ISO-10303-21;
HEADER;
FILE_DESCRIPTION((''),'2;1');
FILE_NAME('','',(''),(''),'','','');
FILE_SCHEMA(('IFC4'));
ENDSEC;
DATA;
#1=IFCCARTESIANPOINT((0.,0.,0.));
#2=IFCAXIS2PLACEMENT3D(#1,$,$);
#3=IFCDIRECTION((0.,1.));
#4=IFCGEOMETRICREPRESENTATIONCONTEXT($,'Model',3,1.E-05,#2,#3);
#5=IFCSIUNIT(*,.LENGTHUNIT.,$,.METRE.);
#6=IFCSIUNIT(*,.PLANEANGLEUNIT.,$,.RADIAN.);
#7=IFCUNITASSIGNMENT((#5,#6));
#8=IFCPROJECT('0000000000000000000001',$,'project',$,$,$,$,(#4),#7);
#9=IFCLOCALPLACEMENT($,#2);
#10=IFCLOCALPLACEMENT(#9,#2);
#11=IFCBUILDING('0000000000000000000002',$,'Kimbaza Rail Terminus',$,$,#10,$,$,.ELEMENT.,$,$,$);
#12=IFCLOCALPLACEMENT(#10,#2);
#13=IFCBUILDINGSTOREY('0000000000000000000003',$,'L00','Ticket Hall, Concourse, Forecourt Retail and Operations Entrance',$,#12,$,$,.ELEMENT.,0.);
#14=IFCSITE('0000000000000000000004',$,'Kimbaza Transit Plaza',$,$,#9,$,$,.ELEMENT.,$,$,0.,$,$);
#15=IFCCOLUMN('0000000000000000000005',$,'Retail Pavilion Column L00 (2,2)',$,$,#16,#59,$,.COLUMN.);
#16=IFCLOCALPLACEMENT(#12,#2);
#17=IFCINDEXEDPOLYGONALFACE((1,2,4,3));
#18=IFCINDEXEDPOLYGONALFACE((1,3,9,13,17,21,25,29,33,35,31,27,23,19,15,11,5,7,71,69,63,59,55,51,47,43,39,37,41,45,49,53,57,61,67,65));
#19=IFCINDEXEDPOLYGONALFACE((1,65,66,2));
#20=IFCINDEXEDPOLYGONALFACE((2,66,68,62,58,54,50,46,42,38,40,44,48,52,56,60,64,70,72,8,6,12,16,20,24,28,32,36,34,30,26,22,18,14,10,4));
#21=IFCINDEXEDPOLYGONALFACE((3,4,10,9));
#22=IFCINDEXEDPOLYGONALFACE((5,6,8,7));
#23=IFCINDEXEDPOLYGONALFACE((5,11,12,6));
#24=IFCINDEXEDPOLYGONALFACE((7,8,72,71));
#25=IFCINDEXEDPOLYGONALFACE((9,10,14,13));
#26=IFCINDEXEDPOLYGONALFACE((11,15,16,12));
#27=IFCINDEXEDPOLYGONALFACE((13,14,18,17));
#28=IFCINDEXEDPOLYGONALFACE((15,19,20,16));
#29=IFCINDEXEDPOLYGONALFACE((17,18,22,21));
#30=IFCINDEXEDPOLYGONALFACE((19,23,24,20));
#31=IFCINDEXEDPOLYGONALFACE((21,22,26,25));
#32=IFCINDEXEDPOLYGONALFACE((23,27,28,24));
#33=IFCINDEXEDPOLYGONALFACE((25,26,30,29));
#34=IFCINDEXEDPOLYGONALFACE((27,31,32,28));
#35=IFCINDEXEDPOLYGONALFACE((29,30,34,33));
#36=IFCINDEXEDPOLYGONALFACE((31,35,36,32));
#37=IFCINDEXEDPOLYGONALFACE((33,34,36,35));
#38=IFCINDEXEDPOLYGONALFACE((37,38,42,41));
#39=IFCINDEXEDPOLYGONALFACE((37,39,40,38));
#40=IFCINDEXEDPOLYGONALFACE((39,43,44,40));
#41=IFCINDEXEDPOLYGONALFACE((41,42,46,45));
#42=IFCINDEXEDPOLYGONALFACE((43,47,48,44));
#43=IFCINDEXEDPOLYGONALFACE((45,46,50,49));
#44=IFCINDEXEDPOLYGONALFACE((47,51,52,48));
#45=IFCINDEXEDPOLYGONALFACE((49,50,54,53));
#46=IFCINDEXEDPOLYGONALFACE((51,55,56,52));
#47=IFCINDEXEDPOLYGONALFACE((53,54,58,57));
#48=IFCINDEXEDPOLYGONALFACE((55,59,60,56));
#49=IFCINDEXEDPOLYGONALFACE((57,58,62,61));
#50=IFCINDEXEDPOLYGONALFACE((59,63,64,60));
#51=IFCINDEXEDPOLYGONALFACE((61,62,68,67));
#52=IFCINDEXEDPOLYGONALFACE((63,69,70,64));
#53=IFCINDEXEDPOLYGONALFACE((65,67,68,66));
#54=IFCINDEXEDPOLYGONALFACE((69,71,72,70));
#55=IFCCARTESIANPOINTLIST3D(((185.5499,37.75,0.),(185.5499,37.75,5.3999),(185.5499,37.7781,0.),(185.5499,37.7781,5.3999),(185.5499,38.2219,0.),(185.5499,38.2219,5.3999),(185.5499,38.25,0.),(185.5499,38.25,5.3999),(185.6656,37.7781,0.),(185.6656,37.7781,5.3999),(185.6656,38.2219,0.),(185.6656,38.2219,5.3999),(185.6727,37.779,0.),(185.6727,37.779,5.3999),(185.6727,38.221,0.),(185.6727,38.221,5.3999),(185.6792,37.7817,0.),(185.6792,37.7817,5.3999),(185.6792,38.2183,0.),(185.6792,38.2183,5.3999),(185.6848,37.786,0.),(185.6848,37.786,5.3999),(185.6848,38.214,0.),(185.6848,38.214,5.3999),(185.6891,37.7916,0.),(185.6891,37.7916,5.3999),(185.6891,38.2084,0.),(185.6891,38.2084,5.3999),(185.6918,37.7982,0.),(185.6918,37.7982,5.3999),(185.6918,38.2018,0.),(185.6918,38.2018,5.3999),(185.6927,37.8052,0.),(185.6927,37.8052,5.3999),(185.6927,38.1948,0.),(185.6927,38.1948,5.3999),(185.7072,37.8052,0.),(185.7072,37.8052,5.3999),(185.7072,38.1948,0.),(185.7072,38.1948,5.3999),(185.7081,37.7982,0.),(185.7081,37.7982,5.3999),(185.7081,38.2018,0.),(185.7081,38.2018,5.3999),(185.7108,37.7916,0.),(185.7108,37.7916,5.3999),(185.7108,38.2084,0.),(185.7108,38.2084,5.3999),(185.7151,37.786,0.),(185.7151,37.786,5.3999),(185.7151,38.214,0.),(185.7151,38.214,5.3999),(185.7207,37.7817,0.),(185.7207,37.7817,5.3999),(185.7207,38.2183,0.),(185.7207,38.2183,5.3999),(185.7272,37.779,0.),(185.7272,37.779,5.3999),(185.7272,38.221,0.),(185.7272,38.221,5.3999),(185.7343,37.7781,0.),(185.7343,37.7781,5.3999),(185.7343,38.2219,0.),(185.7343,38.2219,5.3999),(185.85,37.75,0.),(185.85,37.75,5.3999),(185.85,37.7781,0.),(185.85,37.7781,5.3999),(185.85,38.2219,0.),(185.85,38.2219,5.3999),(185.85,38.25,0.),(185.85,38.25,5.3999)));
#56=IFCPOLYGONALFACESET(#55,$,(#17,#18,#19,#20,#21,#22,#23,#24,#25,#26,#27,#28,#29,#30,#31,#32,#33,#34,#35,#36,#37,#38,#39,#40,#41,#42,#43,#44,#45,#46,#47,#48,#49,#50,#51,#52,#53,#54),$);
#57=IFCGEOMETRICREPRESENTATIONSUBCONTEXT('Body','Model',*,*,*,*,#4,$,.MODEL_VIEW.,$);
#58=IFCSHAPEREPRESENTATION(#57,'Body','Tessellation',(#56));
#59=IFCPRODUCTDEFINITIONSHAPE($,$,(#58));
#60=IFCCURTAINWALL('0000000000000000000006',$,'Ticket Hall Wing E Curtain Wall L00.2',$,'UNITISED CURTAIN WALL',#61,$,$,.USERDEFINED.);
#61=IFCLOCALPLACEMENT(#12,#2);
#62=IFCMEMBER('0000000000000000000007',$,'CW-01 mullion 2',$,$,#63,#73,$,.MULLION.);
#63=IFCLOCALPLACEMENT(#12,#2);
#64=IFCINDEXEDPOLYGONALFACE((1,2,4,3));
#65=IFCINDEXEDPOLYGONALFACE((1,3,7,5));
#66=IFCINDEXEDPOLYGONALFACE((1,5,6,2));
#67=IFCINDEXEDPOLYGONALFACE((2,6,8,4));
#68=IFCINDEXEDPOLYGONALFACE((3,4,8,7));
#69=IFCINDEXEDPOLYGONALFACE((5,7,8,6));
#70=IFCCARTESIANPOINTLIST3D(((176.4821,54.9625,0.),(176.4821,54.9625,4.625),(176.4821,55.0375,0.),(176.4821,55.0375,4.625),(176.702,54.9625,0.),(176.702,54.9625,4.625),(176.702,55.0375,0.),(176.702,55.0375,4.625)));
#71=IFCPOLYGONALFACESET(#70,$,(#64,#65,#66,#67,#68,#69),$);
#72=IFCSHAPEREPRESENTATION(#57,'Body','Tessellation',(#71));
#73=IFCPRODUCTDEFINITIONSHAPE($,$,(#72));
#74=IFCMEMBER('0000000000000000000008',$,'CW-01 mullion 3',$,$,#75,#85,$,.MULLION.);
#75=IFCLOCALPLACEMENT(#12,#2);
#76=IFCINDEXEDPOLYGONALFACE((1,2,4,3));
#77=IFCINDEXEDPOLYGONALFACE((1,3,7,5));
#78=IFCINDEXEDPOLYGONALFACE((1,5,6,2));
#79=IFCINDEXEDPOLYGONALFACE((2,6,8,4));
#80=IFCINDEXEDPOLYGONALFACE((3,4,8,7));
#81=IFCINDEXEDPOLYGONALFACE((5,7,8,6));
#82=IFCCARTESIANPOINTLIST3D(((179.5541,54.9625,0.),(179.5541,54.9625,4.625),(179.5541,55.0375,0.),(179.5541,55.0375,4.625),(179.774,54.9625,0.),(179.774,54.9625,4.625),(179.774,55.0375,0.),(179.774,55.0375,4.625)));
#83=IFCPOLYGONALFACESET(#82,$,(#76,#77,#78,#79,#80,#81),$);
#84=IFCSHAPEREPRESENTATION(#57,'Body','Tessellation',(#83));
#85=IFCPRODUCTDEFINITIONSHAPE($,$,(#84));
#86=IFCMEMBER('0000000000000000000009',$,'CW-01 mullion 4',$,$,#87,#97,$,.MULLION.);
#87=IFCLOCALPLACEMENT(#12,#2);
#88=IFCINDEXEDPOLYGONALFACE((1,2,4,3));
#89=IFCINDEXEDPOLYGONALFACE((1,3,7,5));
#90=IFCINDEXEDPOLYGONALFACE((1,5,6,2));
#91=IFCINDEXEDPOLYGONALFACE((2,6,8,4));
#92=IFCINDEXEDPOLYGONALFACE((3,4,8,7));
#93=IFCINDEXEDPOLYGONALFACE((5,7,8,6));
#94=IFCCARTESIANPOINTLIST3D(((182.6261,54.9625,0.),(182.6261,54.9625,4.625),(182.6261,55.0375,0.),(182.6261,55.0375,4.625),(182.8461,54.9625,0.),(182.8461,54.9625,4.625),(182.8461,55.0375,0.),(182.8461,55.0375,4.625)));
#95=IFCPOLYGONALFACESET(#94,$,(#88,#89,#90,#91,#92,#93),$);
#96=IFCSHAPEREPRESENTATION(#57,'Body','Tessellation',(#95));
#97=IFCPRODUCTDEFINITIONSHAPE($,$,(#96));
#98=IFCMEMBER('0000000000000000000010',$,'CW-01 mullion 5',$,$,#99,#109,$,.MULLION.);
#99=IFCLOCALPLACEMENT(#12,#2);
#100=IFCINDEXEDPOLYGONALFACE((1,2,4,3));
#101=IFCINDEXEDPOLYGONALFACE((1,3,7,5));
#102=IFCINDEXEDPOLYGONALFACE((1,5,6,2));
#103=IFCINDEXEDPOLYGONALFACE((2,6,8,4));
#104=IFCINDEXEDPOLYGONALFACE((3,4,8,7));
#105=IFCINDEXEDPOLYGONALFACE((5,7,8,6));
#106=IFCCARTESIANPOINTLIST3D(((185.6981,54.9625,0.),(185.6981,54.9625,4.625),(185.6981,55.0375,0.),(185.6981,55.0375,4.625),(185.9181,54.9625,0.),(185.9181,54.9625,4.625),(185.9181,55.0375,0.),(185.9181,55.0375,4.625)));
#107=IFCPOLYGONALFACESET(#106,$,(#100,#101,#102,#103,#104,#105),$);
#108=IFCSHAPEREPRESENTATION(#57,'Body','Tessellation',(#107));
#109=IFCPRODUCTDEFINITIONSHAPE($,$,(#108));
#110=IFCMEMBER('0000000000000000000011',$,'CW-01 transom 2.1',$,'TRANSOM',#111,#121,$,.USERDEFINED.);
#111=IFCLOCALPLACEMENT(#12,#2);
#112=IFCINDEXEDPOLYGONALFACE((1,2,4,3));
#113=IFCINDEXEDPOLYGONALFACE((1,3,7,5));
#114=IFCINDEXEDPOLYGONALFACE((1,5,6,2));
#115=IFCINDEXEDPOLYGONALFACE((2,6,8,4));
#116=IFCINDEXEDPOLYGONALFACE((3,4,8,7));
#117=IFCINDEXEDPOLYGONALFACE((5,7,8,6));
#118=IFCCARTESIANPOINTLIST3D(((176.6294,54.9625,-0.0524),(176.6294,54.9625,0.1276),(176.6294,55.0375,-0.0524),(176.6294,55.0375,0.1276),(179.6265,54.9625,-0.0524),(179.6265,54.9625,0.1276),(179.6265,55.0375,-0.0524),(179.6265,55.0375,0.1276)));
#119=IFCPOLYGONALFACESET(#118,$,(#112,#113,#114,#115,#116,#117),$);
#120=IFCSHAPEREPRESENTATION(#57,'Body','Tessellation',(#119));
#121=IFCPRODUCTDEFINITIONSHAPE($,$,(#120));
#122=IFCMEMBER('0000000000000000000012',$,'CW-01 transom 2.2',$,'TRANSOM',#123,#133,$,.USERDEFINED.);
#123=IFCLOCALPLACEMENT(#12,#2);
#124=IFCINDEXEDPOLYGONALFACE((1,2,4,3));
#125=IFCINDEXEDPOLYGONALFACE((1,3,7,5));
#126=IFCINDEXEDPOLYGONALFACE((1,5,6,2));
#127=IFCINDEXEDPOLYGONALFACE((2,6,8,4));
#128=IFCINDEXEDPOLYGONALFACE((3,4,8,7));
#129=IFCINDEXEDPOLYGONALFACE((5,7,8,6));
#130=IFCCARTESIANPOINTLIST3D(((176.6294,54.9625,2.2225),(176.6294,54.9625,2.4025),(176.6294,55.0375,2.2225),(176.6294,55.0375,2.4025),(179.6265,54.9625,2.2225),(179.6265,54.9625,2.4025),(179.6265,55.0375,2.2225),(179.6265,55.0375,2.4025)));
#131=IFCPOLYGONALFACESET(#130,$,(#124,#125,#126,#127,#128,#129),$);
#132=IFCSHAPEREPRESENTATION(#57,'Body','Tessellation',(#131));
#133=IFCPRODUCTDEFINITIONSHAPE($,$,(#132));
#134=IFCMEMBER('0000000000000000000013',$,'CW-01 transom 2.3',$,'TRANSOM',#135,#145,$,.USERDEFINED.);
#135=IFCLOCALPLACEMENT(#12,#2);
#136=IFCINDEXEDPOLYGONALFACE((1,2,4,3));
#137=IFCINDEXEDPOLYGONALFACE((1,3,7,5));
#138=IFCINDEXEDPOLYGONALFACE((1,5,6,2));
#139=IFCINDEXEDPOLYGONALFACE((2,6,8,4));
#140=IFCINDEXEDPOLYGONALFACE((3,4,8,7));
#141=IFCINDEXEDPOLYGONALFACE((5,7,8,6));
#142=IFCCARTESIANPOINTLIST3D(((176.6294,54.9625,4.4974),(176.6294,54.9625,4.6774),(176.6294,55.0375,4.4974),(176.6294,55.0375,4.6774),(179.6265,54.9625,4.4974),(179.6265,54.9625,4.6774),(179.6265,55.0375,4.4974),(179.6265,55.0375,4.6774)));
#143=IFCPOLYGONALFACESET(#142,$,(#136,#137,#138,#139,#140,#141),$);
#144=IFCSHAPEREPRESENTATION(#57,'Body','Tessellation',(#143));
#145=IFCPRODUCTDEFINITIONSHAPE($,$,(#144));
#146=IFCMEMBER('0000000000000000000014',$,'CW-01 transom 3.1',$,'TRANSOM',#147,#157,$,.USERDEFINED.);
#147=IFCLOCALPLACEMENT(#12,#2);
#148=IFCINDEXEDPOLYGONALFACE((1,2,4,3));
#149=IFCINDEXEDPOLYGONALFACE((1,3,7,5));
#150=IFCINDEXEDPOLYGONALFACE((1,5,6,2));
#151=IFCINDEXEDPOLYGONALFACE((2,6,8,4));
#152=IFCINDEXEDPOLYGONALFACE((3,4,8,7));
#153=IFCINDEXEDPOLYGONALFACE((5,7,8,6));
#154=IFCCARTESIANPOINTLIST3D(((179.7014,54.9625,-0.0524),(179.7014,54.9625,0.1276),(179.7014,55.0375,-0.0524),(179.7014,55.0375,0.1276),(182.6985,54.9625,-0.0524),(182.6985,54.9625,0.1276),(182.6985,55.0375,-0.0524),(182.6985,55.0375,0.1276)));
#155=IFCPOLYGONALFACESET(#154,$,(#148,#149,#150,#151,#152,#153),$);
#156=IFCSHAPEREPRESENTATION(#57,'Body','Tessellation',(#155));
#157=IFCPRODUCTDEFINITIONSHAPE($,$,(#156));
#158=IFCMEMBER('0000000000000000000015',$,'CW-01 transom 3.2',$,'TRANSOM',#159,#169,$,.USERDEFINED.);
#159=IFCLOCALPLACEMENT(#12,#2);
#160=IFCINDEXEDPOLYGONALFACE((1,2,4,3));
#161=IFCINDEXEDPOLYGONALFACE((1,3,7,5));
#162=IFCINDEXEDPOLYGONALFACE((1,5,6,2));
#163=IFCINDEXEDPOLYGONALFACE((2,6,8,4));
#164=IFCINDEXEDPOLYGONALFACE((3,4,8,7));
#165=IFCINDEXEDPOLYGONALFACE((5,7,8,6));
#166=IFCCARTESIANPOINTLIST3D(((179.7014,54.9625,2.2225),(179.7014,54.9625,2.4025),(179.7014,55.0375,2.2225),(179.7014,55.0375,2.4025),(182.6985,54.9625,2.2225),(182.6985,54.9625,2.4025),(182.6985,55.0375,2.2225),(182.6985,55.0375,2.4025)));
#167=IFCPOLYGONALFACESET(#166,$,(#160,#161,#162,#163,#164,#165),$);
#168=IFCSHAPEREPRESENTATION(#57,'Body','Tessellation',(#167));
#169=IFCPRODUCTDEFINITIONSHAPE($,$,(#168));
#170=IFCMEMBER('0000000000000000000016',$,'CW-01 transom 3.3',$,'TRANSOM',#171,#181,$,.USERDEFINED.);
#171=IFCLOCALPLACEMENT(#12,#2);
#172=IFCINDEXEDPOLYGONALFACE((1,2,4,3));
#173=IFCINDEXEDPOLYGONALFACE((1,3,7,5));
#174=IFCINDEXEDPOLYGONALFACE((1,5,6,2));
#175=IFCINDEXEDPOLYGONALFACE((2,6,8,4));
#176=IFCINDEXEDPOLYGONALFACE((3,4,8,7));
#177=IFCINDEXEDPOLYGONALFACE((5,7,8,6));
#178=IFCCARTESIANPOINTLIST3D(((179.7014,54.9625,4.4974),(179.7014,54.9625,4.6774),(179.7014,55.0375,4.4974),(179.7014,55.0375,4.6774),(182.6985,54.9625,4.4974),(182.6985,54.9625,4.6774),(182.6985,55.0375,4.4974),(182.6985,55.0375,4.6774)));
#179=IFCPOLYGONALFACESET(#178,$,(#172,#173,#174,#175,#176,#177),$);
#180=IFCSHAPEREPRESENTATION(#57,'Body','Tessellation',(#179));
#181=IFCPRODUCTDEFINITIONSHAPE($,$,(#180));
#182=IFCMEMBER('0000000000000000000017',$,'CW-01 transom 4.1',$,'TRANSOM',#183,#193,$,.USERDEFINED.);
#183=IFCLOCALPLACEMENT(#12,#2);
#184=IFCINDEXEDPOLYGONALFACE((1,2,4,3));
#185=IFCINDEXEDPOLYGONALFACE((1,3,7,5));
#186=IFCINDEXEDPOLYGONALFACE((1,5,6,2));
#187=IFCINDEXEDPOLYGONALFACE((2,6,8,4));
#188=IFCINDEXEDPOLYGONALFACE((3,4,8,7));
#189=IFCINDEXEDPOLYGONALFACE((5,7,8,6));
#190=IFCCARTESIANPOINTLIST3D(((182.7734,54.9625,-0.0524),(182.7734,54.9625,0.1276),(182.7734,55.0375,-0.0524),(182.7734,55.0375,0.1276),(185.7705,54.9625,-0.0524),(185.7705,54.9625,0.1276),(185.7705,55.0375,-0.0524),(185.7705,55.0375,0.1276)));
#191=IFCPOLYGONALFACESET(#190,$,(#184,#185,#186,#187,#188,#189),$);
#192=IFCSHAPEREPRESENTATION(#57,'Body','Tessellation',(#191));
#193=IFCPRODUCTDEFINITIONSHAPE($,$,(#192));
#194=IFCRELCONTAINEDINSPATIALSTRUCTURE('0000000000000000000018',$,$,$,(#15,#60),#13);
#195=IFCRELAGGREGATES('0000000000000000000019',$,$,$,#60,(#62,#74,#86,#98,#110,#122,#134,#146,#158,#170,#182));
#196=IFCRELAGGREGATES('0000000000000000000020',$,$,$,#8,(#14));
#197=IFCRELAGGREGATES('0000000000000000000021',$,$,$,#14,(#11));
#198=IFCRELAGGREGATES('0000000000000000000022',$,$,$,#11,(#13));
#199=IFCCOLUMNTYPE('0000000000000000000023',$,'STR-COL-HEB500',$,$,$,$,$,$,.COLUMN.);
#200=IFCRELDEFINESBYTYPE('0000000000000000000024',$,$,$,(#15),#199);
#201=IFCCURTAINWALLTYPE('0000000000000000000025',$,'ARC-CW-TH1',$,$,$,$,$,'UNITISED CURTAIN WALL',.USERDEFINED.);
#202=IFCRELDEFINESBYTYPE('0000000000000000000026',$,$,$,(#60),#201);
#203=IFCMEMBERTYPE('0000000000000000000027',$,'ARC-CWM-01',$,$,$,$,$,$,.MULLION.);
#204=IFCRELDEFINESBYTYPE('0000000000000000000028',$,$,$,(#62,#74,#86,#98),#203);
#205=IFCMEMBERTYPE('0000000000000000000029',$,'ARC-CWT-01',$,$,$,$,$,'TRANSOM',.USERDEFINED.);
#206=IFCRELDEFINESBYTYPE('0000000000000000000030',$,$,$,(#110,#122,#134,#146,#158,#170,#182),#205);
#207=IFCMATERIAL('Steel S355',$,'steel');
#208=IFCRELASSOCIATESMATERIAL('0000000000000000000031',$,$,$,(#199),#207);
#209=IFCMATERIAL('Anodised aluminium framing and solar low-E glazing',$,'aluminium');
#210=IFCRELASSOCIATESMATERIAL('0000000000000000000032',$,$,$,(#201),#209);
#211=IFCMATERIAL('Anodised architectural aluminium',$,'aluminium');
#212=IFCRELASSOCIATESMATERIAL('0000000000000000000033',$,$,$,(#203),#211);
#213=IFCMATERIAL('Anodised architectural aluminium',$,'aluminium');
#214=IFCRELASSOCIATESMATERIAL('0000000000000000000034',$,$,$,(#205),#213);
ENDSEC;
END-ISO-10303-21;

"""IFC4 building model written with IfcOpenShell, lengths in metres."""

from ifc_helpers import new_model, si_unit, direction, frame, origin, origin_2d, place, context, subcontext, project, spatial, rectangle, i_section, extrude, material, material_profile, profile_set, type_object, element, aggregate, save


model = new_model("IFC4")

# Units and contexts
model_context = context("Model", 3, precision=1e-05, world=origin(), true_north=direction((0.0, 1.0)))
body_context = subcontext(model_context, "Body", "Model", "MODEL_VIEW")
ifc_project = project(units=[si_unit("LENGTHUNIT", "METRE"), si_unit("PLANEANGLEUNIT", "RADIAN")], contexts=[model_context])

# Site, building, storey
site_placement = place(None, origin())
site = spatial("IfcSite", under=ifc_project, at=site_placement, Name="Kimbaza Transit Plaza", CompositionType="ELEMENT", RefElevation=0.0)
building_placement = place(site_placement, origin())
building = spatial("IfcBuilding", under=site, at=building_placement, Name="Kimbaza Rail Terminus", CompositionType="ELEMENT")
storey_placement = place(building_placement, origin())
storey = spatial("IfcBuildingStorey", under=building, at=storey_placement, Name="L00", Description="Ticket Hall, Concourse, Forecourt Retail and Operations Entrance", CompositionType="ELEMENT", Elevation=0.0)

# Column
ifc_material_1 = material(Name="Steel S355", Category="steel")
ifc_material_profile_1 = material_profile(ifc_material_1, i_section(OverallWidth=0.3, OverallDepth=0.5, WebThickness=0.0144, FlangeThickness=0.0281, FilletRadius=0.0271, at=origin_2d()), Name="HEB 500")
ifc_profile_set_1 = profile_set([ifc_material_profile_1], Name="Steel S355")
column_type = type_object("IfcColumnType", Name="STR-COL-HEB500", PredefinedType="COLUMN", material=ifc_profile_set_1)
column_placement = place(storey_placement, frame((185.7, 38.0, 0.0), z_axis=(0.0, 0.0, 1.0), x_axis=(1.0, 0.0, 0.0)))
element("IfcColumn", 1, at=column_placement, inside=storey, type_object=column_type, Name="Retail Pavilion Column L00 (2,2)", PredefinedType="COLUMN", context=body_context, shape_type="SweptSolid", body=[
    extrude(i_section(OverallWidth=0.3, OverallDepth=0.5, WebThickness=0.0144, FlangeThickness=0.0281, FilletRadius=0.0271, at=origin_2d()), origin(), (0.0, 0.0, 1.0), 5.3999),
])

# Curtain wall, members
ifc_material_2 = material(Name="Anodised aluminium framing and solar low-E glazing", Category="aluminium")
curtain_wall_type = type_object("IfcCurtainWallType", Name="ARC-CW-TH1", ElementType="UNITISED CURTAIN WALL", PredefinedType="USERDEFINED", material=ifc_material_2)
curtain_wall_placement = place(storey_placement, origin())
curtain_wall = element("IfcCurtainWall", 2, at=curtain_wall_placement, inside=storey, type_object=curtain_wall_type, Name="Ticket Hall Wing E Curtain Wall L00.2", ObjectType="UNITISED CURTAIN WALL", PredefinedType="USERDEFINED")
ifc_material_3 = material(Name="Anodised architectural aluminium", Category="aluminium")
ifc_material_profile_2 = material_profile(ifc_material_3, rectangle(XDim=0.075, YDim=0.22, at=origin_2d()), Name="MULLION 75x220")
ifc_profile_set_2 = profile_set([ifc_material_profile_2], Name="Anodised architectural aluminium")
member_type_1 = type_object("IfcMemberType", Name="ARC-CWM-01", PredefinedType="MULLION", material=ifc_profile_set_2)
member_1_placement = place(storey_placement, frame((176.592, 55.0, 0.0), z_axis=(0.0, 0.0, 1.0), x_axis=(0.0, 1.0, 0.0)))
member_1 = element("IfcMember", 3, at=member_1_placement, type_object=member_type_1, Name="CW-01 mullion 2", PredefinedType="MULLION", context=body_context, shape_type="SweptSolid", body=[
    extrude(rectangle(XDim=0.075, YDim=0.22, at=origin_2d()), origin(), (0.0, 0.0, 1.0), 4.625),
])
member_2_placement = place(storey_placement, frame((179.6641, 55.0, 0.0), z_axis=(0.0, 0.0, 1.0), x_axis=(0.0, 1.0, 0.0)))
member_2 = element("IfcMember", 4, at=member_2_placement, type_object=member_type_1, Name="CW-01 mullion 3", PredefinedType="MULLION", context=body_context, shape_type="SweptSolid", body=[
    extrude(rectangle(XDim=0.075, YDim=0.22, at=origin_2d()), origin(), (0.0, 0.0, 1.0), 4.625),
])
member_3_placement = place(storey_placement, frame((182.7361, 55.0, 0.0), z_axis=(0.0, 0.0, 1.0), x_axis=(0.0, 1.0, 0.0)))
member_3 = element("IfcMember", 5, at=member_3_placement, type_object=member_type_1, Name="CW-01 mullion 4", PredefinedType="MULLION", context=body_context, shape_type="SweptSolid", body=[
    extrude(rectangle(XDim=0.075, YDim=0.22, at=origin_2d()), origin(), (0.0, 0.0, 1.0), 4.625),
])
member_4_placement = place(storey_placement, frame((185.8081, 55.0, 0.0), z_axis=(0.0, 0.0, 1.0), x_axis=(0.0, 1.0, 0.0)))
member_4 = element("IfcMember", 6, at=member_4_placement, type_object=member_type_1, Name="CW-01 mullion 5", PredefinedType="MULLION", context=body_context, shape_type="SweptSolid", body=[
    extrude(rectangle(XDim=0.075, YDim=0.22, at=origin_2d()), origin(), (0.0, 0.0, 1.0), 4.625),
])
ifc_material_4 = material(Name="Anodised architectural aluminium", Category="aluminium")
ifc_material_profile_3 = material_profile(ifc_material_4, rectangle(XDim=0.075, YDim=0.1799, at=origin_2d()), Name="TRANSOM 75x180")
ifc_profile_set_3 = profile_set([ifc_material_profile_3], Name="Anodised architectural aluminium")
member_type_2 = type_object("IfcMemberType", Name="ARC-CWT-01", ElementType="TRANSOM", PredefinedType="USERDEFINED", material=ifc_profile_set_3)
member_5_placement = place(storey_placement, frame((176.6294, 55.0, 0.0376), z_axis=(1.0, 0.0, 0.0), x_axis=(0.0, 1.0, 0.0)))
member_5 = element("IfcMember", 7, at=member_5_placement, type_object=member_type_2, Name="CW-01 transom 2.1", ObjectType="TRANSOM", PredefinedType="USERDEFINED", context=body_context, shape_type="SweptSolid", body=[
    extrude(rectangle(XDim=0.075, YDim=0.1799, at=origin_2d()), origin(), (0.0, 0.0, 1.0), 2.9971),
])
member_6_placement = place(storey_placement, frame((176.6294, 55.0, 2.3125), z_axis=(1.0, 0.0, 0.0), x_axis=(0.0, 1.0, 0.0)))
member_6 = element("IfcMember", 8, at=member_6_placement, type_object=member_type_2, Name="CW-01 transom 2.2", ObjectType="TRANSOM", PredefinedType="USERDEFINED", context=body_context, shape_type="SweptSolid", body=[
    extrude(rectangle(XDim=0.075, YDim=0.1799, at=origin_2d()), origin(), (0.0, 0.0, 1.0), 2.9971),
])
member_7_placement = place(storey_placement, frame((176.6294, 55.0, 4.5874), z_axis=(1.0, 0.0, 0.0), x_axis=(0.0, 1.0, 0.0)))
member_7 = element("IfcMember", 9, at=member_7_placement, type_object=member_type_2, Name="CW-01 transom 2.3", ObjectType="TRANSOM", PredefinedType="USERDEFINED", context=body_context, shape_type="SweptSolid", body=[
    extrude(rectangle(XDim=0.075, YDim=0.1799, at=origin_2d()), origin(), (0.0, 0.0, 1.0), 2.9971),
])
member_8_placement = place(storey_placement, frame((179.7014, 55.0, 0.0376), z_axis=(1.0, 0.0, 0.0), x_axis=(0.0, 1.0, 0.0)))
member_8 = element("IfcMember", 10, at=member_8_placement, type_object=member_type_2, Name="CW-01 transom 3.1", ObjectType="TRANSOM", PredefinedType="USERDEFINED", context=body_context, shape_type="SweptSolid", body=[
    extrude(rectangle(XDim=0.075, YDim=0.1799, at=origin_2d()), origin(), (0.0, 0.0, 1.0), 2.9971),
])
member_9_placement = place(storey_placement, frame((179.7014, 55.0, 2.3125), z_axis=(1.0, 0.0, 0.0), x_axis=(0.0, 1.0, 0.0)))
member_9 = element("IfcMember", 11, at=member_9_placement, type_object=member_type_2, Name="CW-01 transom 3.2", ObjectType="TRANSOM", PredefinedType="USERDEFINED", context=body_context, shape_type="SweptSolid", body=[
    extrude(rectangle(XDim=0.075, YDim=0.1799, at=origin_2d()), origin(), (0.0, 0.0, 1.0), 2.9971),
])
member_10_placement = place(storey_placement, frame((179.7014, 55.0, 4.5874), z_axis=(1.0, 0.0, 0.0), x_axis=(0.0, 1.0, 0.0)))
member_10 = element("IfcMember", 12, at=member_10_placement, type_object=member_type_2, Name="CW-01 transom 3.3", ObjectType="TRANSOM", PredefinedType="USERDEFINED", context=body_context, shape_type="SweptSolid", body=[
    extrude(rectangle(XDim=0.075, YDim=0.1799, at=origin_2d()), origin(), (0.0, 0.0, 1.0), 2.9971),
])
member_11_placement = place(storey_placement, frame((182.7734, 55.0, 0.0376), z_axis=(1.0, 0.0, 0.0), x_axis=(0.0, 1.0, 0.0)))
member_11 = element("IfcMember", 13, at=member_11_placement, type_object=member_type_2, Name="CW-01 transom 4.1", ObjectType="TRANSOM", PredefinedType="USERDEFINED", context=body_context, shape_type="SweptSolid", body=[
    extrude(rectangle(XDim=0.075, YDim=0.1799, at=origin_2d()), origin(), (0.0, 0.0, 1.0), 2.9971),
])

aggregate(curtain_wall, [member_1, member_2, member_3, member_4, member_5, member_6, member_7, member_8, member_9, member_10, member_11])

save(model, "model.ifc")
